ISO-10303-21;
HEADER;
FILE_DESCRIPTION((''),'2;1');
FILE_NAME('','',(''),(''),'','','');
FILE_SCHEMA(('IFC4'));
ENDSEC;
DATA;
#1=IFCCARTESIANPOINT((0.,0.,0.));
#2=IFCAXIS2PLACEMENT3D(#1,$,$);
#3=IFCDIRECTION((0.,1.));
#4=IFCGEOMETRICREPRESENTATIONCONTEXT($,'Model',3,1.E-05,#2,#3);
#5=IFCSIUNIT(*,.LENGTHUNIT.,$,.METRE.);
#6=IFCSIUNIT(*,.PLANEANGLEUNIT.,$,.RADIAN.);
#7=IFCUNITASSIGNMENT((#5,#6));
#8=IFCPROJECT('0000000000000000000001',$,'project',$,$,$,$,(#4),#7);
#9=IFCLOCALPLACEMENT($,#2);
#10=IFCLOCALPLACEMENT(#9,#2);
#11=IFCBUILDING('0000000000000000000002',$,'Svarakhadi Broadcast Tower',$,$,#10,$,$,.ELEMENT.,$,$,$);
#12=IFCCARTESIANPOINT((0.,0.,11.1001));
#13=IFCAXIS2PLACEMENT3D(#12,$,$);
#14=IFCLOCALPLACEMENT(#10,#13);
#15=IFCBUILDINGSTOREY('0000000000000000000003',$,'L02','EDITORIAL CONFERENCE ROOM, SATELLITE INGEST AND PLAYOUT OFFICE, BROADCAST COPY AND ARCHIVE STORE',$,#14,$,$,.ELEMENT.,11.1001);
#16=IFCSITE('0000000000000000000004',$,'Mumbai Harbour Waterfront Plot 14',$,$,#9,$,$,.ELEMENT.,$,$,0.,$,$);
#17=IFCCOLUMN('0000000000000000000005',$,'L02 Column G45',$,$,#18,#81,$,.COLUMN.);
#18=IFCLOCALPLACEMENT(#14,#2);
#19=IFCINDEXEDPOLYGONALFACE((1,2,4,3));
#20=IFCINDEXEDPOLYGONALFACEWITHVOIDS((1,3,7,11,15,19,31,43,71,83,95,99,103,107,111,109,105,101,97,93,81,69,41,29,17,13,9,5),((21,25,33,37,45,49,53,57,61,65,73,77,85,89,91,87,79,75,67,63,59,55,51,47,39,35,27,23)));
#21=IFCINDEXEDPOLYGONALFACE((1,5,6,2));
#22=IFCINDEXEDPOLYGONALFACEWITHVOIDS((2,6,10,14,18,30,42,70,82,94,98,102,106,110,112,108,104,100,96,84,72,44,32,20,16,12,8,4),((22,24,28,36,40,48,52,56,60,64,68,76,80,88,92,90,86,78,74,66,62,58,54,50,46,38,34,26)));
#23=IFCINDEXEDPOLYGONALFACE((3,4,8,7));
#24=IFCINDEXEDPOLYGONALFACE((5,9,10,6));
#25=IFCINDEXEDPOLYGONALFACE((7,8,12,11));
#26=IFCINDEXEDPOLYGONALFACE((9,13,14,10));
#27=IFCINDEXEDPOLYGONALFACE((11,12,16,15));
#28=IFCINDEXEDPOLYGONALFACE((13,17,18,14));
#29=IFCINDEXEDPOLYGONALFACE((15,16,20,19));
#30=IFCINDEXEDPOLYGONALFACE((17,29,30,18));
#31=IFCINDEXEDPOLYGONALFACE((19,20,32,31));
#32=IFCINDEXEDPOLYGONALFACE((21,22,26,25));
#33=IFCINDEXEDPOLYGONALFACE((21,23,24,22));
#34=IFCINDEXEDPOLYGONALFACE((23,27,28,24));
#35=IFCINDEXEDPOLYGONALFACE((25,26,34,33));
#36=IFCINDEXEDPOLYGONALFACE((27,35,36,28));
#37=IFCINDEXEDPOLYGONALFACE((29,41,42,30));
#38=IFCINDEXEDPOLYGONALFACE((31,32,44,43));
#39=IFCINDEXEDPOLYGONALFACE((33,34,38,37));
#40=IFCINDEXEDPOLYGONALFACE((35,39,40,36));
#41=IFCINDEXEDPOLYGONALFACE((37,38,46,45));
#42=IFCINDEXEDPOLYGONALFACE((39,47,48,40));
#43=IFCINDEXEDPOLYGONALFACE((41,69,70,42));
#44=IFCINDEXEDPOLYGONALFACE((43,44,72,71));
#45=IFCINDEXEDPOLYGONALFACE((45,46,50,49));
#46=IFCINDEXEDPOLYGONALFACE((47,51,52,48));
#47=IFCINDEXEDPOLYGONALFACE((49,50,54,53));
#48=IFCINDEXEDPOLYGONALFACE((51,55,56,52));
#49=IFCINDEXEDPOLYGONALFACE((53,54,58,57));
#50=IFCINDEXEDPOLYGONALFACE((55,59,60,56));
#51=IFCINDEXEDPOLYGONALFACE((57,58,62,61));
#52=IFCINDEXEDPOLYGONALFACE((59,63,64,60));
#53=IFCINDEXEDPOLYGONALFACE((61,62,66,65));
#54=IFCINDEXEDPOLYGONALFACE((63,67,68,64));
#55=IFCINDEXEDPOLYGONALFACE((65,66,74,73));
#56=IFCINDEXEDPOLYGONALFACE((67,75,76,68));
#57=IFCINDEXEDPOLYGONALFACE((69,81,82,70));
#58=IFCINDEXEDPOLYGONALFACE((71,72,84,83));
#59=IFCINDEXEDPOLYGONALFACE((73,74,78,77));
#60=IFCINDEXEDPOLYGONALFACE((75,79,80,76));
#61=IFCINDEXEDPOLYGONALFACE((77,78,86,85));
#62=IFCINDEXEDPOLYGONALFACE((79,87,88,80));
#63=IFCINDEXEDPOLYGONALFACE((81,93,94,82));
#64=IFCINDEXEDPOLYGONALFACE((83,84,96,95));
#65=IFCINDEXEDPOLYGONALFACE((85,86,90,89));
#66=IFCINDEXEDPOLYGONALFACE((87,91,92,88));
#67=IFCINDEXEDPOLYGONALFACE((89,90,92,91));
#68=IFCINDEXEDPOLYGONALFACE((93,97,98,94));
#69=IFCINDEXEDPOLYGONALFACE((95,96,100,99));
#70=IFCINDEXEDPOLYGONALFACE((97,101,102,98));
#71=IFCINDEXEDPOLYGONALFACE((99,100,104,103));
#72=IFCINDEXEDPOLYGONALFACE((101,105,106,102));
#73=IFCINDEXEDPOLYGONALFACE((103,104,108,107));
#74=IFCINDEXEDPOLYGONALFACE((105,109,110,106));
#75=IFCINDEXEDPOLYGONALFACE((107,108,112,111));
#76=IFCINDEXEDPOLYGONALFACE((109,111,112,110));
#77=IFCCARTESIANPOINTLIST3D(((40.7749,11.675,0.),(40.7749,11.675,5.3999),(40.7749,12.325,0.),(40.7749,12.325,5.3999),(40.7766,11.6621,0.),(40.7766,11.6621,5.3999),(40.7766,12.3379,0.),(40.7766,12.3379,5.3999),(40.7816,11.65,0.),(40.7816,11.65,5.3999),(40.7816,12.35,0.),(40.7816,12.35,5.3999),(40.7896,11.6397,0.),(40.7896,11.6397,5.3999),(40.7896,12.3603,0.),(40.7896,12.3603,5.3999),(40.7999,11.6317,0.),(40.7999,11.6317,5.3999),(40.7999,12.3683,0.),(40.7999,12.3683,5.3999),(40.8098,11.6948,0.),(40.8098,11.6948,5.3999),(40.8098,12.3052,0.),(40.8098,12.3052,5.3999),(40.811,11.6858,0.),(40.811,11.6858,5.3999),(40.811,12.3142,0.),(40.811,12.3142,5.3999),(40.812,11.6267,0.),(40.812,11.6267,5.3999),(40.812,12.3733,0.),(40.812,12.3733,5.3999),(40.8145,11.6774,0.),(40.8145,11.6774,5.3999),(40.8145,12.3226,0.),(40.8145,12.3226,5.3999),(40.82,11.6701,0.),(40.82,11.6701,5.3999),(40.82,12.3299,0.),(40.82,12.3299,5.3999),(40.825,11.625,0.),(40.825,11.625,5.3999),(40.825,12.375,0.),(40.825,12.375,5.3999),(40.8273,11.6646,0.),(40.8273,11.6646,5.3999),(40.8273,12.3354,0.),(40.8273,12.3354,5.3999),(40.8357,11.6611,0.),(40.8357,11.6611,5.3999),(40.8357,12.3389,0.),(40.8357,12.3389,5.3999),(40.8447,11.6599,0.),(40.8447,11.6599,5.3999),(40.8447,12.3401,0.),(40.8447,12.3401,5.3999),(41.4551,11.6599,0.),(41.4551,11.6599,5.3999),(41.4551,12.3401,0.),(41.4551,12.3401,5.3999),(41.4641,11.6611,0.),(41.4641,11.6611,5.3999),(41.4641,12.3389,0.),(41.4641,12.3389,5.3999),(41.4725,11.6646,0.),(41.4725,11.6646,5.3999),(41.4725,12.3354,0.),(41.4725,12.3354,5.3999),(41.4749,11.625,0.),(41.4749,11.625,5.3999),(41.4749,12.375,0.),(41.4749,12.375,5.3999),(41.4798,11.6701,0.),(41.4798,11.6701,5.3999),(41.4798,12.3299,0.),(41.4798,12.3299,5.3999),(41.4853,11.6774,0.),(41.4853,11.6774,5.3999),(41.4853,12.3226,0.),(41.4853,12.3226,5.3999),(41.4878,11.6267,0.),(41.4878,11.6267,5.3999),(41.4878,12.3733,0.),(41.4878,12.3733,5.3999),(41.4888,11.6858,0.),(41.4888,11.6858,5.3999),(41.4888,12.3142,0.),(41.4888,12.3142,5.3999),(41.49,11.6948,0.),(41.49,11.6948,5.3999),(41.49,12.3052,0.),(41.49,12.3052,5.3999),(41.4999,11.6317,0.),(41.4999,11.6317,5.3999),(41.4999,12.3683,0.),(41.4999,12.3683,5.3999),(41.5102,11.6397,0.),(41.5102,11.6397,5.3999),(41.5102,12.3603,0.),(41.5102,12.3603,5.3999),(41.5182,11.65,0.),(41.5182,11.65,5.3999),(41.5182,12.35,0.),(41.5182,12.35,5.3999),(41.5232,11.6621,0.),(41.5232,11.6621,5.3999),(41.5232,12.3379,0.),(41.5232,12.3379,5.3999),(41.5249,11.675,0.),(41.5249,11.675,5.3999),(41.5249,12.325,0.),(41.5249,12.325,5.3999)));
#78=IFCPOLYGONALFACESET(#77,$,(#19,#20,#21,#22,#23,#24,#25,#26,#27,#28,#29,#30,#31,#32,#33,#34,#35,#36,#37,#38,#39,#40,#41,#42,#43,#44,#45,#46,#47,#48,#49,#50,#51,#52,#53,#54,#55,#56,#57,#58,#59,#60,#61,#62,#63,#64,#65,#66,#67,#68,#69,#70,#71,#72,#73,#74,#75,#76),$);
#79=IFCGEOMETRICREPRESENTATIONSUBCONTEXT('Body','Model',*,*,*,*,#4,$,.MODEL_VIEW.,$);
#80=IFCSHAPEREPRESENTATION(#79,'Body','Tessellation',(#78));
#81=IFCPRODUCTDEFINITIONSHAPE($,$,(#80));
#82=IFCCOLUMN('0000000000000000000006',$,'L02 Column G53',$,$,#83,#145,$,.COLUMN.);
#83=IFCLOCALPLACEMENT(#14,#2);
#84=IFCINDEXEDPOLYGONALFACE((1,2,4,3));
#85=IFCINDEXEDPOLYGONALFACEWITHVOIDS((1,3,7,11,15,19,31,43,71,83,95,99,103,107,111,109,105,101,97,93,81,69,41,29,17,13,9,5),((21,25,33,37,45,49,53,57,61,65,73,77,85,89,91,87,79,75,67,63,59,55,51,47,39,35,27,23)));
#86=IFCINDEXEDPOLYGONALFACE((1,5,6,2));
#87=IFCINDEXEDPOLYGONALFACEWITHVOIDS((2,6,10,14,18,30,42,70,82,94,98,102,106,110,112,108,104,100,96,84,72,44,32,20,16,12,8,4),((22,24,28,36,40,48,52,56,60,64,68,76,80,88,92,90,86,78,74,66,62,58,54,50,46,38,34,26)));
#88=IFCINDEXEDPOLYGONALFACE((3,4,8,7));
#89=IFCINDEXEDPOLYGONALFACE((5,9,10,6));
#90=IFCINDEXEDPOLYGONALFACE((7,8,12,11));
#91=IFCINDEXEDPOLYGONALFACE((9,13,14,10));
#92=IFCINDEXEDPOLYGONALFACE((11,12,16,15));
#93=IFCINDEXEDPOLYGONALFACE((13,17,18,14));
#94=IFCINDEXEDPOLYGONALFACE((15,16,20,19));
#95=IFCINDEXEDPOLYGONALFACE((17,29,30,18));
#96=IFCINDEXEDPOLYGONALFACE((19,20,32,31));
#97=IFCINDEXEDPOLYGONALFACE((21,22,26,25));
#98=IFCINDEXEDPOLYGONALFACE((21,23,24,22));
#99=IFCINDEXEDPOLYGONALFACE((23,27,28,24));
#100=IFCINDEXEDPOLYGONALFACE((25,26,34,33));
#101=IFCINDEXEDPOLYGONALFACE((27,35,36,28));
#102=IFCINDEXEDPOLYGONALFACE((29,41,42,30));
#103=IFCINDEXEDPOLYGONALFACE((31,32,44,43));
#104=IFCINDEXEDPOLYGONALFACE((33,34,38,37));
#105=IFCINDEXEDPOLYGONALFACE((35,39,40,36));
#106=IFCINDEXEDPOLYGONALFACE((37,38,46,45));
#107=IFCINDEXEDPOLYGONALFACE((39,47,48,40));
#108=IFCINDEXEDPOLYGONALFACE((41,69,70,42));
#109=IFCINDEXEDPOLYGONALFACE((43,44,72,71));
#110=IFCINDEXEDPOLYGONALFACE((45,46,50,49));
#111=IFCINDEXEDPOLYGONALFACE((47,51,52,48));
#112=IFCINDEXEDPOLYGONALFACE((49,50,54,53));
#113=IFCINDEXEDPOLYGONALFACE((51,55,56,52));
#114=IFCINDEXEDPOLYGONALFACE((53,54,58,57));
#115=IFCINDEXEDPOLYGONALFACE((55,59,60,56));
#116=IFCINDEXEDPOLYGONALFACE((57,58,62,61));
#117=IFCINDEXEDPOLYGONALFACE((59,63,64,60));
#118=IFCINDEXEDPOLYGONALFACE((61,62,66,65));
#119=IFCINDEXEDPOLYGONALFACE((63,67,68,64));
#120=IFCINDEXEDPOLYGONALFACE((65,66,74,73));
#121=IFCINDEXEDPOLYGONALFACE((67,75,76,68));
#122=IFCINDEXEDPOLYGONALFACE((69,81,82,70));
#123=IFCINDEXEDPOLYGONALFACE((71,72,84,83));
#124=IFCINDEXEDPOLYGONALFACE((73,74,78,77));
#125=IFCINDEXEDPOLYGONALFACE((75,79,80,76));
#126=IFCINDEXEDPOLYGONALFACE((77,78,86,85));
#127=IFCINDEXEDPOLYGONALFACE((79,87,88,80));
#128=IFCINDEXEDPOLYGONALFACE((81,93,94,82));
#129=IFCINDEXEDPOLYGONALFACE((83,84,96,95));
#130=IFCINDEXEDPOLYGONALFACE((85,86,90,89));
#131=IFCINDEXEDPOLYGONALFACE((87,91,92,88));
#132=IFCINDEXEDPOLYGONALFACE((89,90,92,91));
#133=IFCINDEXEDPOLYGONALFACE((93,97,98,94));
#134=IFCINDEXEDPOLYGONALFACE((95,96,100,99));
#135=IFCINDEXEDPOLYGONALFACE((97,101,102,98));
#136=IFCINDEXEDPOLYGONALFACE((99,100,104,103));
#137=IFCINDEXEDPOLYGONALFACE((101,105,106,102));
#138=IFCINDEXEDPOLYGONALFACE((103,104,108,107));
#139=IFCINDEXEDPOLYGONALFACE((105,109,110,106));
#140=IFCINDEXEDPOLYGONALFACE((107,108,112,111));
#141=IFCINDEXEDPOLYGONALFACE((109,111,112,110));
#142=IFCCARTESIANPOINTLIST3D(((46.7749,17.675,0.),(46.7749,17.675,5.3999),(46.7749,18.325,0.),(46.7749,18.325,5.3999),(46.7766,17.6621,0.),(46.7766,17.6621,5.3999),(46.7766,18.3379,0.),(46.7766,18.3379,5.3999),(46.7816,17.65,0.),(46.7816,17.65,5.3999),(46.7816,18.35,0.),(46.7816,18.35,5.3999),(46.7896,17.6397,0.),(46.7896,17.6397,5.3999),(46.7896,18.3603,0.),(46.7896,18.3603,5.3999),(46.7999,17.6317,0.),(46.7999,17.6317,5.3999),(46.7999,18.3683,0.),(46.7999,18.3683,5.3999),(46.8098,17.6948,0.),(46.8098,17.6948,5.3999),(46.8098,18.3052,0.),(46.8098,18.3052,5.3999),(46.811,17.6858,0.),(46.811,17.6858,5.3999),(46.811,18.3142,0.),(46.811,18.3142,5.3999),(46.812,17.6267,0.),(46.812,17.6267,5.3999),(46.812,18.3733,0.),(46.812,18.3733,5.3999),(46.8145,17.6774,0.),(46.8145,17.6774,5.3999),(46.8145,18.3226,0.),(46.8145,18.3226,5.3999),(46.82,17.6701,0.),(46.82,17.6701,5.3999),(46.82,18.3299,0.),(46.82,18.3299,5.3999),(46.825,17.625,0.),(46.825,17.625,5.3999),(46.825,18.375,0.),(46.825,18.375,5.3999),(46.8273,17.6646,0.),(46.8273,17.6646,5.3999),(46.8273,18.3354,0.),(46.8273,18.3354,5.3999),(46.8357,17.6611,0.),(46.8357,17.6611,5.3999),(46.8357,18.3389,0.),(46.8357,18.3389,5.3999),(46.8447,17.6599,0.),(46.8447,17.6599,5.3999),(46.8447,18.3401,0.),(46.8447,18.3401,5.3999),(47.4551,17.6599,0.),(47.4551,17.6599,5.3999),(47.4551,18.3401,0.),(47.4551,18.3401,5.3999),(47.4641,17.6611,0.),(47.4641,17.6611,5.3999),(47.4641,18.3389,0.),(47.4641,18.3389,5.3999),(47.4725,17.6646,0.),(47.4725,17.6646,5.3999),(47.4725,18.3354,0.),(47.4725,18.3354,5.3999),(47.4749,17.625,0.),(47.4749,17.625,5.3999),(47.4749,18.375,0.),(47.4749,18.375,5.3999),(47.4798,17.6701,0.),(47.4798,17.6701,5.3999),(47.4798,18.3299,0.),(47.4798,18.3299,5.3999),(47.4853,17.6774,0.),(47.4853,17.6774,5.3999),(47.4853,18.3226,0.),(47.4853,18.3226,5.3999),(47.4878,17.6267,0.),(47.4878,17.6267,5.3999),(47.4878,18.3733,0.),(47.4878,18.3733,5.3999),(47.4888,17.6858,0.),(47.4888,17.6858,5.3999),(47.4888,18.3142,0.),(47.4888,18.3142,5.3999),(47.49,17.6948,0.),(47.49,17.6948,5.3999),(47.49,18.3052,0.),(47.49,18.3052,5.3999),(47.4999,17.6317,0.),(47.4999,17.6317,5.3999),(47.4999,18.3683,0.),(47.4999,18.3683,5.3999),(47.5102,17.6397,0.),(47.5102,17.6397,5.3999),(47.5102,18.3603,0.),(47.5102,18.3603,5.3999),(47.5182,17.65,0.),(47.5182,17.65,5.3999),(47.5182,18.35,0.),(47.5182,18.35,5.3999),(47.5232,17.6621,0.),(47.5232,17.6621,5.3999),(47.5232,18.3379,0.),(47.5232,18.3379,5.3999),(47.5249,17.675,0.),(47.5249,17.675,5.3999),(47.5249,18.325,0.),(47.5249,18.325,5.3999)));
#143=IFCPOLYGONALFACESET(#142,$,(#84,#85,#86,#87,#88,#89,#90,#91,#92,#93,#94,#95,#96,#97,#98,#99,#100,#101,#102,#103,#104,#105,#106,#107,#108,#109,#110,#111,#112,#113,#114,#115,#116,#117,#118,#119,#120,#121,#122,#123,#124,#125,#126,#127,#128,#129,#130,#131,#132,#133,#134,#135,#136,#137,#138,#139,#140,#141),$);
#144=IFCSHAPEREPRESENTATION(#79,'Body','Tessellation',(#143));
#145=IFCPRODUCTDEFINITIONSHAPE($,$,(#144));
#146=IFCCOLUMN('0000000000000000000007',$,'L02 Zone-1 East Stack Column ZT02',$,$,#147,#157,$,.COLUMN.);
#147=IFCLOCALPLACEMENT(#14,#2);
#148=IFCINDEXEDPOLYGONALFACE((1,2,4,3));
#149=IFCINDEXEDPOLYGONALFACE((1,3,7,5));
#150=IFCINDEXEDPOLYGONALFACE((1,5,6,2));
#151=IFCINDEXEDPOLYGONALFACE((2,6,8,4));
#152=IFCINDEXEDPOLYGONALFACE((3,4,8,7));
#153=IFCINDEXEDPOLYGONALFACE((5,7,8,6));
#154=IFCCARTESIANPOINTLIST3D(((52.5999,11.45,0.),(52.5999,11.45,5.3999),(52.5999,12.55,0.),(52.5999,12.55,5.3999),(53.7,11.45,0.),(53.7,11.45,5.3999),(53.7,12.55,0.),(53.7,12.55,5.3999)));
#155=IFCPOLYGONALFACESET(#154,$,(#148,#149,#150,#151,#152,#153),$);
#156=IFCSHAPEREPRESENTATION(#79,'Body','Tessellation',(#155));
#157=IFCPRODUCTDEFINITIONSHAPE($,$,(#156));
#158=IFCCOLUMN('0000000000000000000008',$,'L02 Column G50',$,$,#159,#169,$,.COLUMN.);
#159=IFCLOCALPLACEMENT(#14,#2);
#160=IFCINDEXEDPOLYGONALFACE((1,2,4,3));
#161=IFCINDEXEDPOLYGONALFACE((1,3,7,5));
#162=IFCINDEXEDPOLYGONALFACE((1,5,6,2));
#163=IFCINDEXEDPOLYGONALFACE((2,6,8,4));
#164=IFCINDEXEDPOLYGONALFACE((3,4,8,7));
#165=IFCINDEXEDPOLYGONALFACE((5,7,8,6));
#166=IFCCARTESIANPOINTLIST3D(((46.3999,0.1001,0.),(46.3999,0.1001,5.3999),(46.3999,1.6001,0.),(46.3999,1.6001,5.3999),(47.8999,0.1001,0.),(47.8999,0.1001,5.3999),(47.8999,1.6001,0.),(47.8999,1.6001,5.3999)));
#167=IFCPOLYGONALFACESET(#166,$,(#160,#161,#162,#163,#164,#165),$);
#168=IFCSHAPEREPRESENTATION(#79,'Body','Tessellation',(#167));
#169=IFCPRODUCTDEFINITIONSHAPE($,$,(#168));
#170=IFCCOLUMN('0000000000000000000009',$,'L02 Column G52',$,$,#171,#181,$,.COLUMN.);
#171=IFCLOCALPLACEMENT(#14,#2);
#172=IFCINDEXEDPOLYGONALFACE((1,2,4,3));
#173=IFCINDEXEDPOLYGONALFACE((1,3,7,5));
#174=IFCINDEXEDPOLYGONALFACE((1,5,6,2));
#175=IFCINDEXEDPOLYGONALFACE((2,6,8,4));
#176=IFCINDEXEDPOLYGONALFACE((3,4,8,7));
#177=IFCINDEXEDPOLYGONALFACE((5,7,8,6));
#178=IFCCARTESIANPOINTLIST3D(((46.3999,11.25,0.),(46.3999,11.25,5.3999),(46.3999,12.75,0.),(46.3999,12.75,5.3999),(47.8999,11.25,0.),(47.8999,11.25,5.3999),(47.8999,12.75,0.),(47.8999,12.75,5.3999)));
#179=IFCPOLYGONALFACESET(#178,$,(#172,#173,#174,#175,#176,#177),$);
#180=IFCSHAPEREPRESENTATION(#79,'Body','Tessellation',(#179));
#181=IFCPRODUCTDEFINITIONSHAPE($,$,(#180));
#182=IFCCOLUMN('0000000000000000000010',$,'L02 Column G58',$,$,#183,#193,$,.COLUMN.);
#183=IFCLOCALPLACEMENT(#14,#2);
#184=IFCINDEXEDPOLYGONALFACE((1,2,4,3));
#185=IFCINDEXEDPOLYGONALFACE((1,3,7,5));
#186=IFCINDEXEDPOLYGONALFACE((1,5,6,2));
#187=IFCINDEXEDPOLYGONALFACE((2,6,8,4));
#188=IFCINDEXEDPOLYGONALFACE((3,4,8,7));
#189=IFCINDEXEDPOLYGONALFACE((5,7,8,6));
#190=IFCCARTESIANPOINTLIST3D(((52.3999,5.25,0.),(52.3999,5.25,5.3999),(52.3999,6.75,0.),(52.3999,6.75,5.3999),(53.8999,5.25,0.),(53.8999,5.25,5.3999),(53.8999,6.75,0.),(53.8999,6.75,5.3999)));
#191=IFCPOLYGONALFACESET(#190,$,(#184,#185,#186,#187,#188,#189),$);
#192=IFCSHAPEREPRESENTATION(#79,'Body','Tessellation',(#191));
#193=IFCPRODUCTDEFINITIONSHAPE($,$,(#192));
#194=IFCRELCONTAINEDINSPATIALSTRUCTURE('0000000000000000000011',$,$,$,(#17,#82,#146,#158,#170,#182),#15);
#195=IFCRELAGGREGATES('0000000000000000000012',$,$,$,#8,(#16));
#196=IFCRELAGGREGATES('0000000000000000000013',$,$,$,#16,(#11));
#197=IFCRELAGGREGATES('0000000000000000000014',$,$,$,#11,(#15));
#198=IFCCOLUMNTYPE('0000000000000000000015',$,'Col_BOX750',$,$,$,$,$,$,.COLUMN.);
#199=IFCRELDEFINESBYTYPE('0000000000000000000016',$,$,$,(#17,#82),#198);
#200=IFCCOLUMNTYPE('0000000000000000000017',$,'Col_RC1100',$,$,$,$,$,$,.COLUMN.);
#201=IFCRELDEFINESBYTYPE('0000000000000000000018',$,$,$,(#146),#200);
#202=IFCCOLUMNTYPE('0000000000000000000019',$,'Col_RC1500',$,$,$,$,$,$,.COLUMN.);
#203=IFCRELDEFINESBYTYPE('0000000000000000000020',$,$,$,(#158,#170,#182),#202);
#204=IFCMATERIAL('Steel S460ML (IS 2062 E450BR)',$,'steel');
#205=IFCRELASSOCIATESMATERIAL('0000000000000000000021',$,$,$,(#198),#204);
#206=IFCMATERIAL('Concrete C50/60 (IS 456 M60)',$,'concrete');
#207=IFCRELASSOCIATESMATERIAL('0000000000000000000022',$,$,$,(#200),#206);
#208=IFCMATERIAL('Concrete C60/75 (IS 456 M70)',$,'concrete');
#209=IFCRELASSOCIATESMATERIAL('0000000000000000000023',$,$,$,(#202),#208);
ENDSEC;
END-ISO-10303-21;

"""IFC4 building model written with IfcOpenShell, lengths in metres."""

from ifc_helpers import new_model, si_unit, direction, frame, origin, origin_2d, place, context, subcontext, project, spatial, rectangle, hollow_rectangle, extrude, material, material_profile, profile_set, type_object, element, save


model = new_model("IFC4")

# Units and contexts
model_context = context("Model", 3, precision=1e-05, world=origin(), true_north=direction((0.0, 1.0)))
body_context = subcontext(model_context, "Body", "Model", "MODEL_VIEW")
ifc_project = project(units=[si_unit("LENGTHUNIT", "METRE"), si_unit("PLANEANGLEUNIT", "RADIAN")], contexts=[model_context])

# Site, building, storey
site_placement = place(None, origin())
site = spatial("IfcSite", under=ifc_project, at=site_placement, Name="Mumbai Harbour Waterfront Plot 14", CompositionType="ELEMENT", RefElevation=0.0)
building_placement = place(site_placement, origin())
building = spatial("IfcBuilding", under=site, at=building_placement, Name="Svarakhadi Broadcast Tower", CompositionType="ELEMENT")
storey_placement = place(building_placement, frame((0.0, 0.0, 11.1001)))
storey = spatial("IfcBuildingStorey", under=building, at=storey_placement, Name="L02", Description="EDITORIAL CONFERENCE ROOM, SATELLITE INGEST AND PLAYOUT OFFICE, BROADCAST COPY AND ARCHIVE STORE", CompositionType="ELEMENT", Elevation=11.1001)

# Columns
ifc_material_1 = material(Name="Steel S460ML (IS 2062 E450BR)", Category="steel")
ifc_material_profile_1 = material_profile(ifc_material_1, hollow_rectangle(XDim=0.75, YDim=0.75, WallThickness=0.0349, InnerFilletRadius=0.0349, OuterFilletRadius=0.05, at=origin_2d()), Name="BOX 750x750x35")
ifc_profile_set_1 = profile_set([ifc_material_profile_1], Name="Steel S460ML (IS 2062 E450BR)")
column_type_1 = type_object("IfcColumnType", Name="Col_BOX750", PredefinedType="COLUMN", material=ifc_profile_set_1)
for number, where, z_axis, x_axis, name in (
    (1, (41.1499, 12.0, 0.0), (0.0, 0.0, 1.0), (1.0, 0.0, 0.0), "L02 Column G45"),
    (2, (47.1499, 18.0, 0.0), (0.0, 0.0, 1.0), (1.0, 0.0, 0.0), "L02 Column G53"),
):
    element("IfcColumn", number, at=place(storey_placement, frame(where, z_axis=z_axis, x_axis=x_axis)), inside=storey, type_object=column_type_1, Name=name, PredefinedType="COLUMN", context=body_context, shape_type="SweptSolid", body=[
        extrude(hollow_rectangle(XDim=0.75, YDim=0.75, WallThickness=0.0349, InnerFilletRadius=0.0349, OuterFilletRadius=0.05, at=origin_2d()), origin(), (0.0, 0.0, 1.0), 5.3999),
    ])
ifc_material_2 = material(Name="Concrete C50/60 (IS 456 M60)", Category="concrete")
ifc_material_profile_2 = material_profile(ifc_material_2, rectangle(XDim=1.1001, YDim=1.1001, at=origin_2d()), Name="RC 1100x1100")
ifc_profile_set_2 = profile_set([ifc_material_profile_2], Name="Concrete C50/60 (IS 456 M60)")
column_type_2 = type_object("IfcColumnType", Name="Col_RC1100", PredefinedType="COLUMN", material=ifc_profile_set_2)
column_1_placement = place(storey_placement, frame((53.1499, 12.0, 0.0), z_axis=(0.0, 0.0, 1.0), x_axis=(1.0, 0.0, 0.0)))
element("IfcColumn", 3, at=column_1_placement, inside=storey, type_object=column_type_2, Name="L02 Zone-1 East Stack Column ZT02", PredefinedType="COLUMN", context=body_context, shape_type="SweptSolid", body=[
    extrude(rectangle(XDim=1.1001, YDim=1.1001, at=origin_2d()), origin(), (0.0, 0.0, 1.0), 5.3999),
])
ifc_material_3 = material(Name="Concrete C60/75 (IS 456 M70)", Category="concrete")
ifc_material_profile_3 = material_profile(ifc_material_3, rectangle(XDim=1.5, YDim=1.5, at=origin_2d()), Name="RC 1500x1500")
ifc_profile_set_3 = profile_set([ifc_material_profile_3], Name="Concrete C60/75 (IS 456 M70)")
column_type_3 = type_object("IfcColumnType", Name="Col_RC1500", PredefinedType="COLUMN", material=ifc_profile_set_3)
for number, where, z_axis, x_axis, name in (
    (4, (47.1499, 0.8501, 0.0), (0.0, 0.0, 1.0), (1.0, 0.0, 0.0), "L02 Column G50"),
    (5, (47.1499, 12.0, 0.0), (0.0, 0.0, 1.0), (1.0, 0.0, 0.0), "L02 Column G52"),
    (6, (53.1499, 6.0, 0.0), (0.0, 0.0, 1.0), (1.0, 0.0, 0.0), "L02 Column G58"),
):
    element("IfcColumn", number, at=place(storey_placement, frame(where, z_axis=z_axis, x_axis=x_axis)), inside=storey, type_object=column_type_3, Name=name, PredefinedType="COLUMN", context=body_context, shape_type="SweptSolid", body=[
        extrude(rectangle(XDim=1.5, YDim=1.5, at=origin_2d()), origin(), (0.0, 0.0, 1.0), 5.3999),
    ])

save(model, "model.ifc")
